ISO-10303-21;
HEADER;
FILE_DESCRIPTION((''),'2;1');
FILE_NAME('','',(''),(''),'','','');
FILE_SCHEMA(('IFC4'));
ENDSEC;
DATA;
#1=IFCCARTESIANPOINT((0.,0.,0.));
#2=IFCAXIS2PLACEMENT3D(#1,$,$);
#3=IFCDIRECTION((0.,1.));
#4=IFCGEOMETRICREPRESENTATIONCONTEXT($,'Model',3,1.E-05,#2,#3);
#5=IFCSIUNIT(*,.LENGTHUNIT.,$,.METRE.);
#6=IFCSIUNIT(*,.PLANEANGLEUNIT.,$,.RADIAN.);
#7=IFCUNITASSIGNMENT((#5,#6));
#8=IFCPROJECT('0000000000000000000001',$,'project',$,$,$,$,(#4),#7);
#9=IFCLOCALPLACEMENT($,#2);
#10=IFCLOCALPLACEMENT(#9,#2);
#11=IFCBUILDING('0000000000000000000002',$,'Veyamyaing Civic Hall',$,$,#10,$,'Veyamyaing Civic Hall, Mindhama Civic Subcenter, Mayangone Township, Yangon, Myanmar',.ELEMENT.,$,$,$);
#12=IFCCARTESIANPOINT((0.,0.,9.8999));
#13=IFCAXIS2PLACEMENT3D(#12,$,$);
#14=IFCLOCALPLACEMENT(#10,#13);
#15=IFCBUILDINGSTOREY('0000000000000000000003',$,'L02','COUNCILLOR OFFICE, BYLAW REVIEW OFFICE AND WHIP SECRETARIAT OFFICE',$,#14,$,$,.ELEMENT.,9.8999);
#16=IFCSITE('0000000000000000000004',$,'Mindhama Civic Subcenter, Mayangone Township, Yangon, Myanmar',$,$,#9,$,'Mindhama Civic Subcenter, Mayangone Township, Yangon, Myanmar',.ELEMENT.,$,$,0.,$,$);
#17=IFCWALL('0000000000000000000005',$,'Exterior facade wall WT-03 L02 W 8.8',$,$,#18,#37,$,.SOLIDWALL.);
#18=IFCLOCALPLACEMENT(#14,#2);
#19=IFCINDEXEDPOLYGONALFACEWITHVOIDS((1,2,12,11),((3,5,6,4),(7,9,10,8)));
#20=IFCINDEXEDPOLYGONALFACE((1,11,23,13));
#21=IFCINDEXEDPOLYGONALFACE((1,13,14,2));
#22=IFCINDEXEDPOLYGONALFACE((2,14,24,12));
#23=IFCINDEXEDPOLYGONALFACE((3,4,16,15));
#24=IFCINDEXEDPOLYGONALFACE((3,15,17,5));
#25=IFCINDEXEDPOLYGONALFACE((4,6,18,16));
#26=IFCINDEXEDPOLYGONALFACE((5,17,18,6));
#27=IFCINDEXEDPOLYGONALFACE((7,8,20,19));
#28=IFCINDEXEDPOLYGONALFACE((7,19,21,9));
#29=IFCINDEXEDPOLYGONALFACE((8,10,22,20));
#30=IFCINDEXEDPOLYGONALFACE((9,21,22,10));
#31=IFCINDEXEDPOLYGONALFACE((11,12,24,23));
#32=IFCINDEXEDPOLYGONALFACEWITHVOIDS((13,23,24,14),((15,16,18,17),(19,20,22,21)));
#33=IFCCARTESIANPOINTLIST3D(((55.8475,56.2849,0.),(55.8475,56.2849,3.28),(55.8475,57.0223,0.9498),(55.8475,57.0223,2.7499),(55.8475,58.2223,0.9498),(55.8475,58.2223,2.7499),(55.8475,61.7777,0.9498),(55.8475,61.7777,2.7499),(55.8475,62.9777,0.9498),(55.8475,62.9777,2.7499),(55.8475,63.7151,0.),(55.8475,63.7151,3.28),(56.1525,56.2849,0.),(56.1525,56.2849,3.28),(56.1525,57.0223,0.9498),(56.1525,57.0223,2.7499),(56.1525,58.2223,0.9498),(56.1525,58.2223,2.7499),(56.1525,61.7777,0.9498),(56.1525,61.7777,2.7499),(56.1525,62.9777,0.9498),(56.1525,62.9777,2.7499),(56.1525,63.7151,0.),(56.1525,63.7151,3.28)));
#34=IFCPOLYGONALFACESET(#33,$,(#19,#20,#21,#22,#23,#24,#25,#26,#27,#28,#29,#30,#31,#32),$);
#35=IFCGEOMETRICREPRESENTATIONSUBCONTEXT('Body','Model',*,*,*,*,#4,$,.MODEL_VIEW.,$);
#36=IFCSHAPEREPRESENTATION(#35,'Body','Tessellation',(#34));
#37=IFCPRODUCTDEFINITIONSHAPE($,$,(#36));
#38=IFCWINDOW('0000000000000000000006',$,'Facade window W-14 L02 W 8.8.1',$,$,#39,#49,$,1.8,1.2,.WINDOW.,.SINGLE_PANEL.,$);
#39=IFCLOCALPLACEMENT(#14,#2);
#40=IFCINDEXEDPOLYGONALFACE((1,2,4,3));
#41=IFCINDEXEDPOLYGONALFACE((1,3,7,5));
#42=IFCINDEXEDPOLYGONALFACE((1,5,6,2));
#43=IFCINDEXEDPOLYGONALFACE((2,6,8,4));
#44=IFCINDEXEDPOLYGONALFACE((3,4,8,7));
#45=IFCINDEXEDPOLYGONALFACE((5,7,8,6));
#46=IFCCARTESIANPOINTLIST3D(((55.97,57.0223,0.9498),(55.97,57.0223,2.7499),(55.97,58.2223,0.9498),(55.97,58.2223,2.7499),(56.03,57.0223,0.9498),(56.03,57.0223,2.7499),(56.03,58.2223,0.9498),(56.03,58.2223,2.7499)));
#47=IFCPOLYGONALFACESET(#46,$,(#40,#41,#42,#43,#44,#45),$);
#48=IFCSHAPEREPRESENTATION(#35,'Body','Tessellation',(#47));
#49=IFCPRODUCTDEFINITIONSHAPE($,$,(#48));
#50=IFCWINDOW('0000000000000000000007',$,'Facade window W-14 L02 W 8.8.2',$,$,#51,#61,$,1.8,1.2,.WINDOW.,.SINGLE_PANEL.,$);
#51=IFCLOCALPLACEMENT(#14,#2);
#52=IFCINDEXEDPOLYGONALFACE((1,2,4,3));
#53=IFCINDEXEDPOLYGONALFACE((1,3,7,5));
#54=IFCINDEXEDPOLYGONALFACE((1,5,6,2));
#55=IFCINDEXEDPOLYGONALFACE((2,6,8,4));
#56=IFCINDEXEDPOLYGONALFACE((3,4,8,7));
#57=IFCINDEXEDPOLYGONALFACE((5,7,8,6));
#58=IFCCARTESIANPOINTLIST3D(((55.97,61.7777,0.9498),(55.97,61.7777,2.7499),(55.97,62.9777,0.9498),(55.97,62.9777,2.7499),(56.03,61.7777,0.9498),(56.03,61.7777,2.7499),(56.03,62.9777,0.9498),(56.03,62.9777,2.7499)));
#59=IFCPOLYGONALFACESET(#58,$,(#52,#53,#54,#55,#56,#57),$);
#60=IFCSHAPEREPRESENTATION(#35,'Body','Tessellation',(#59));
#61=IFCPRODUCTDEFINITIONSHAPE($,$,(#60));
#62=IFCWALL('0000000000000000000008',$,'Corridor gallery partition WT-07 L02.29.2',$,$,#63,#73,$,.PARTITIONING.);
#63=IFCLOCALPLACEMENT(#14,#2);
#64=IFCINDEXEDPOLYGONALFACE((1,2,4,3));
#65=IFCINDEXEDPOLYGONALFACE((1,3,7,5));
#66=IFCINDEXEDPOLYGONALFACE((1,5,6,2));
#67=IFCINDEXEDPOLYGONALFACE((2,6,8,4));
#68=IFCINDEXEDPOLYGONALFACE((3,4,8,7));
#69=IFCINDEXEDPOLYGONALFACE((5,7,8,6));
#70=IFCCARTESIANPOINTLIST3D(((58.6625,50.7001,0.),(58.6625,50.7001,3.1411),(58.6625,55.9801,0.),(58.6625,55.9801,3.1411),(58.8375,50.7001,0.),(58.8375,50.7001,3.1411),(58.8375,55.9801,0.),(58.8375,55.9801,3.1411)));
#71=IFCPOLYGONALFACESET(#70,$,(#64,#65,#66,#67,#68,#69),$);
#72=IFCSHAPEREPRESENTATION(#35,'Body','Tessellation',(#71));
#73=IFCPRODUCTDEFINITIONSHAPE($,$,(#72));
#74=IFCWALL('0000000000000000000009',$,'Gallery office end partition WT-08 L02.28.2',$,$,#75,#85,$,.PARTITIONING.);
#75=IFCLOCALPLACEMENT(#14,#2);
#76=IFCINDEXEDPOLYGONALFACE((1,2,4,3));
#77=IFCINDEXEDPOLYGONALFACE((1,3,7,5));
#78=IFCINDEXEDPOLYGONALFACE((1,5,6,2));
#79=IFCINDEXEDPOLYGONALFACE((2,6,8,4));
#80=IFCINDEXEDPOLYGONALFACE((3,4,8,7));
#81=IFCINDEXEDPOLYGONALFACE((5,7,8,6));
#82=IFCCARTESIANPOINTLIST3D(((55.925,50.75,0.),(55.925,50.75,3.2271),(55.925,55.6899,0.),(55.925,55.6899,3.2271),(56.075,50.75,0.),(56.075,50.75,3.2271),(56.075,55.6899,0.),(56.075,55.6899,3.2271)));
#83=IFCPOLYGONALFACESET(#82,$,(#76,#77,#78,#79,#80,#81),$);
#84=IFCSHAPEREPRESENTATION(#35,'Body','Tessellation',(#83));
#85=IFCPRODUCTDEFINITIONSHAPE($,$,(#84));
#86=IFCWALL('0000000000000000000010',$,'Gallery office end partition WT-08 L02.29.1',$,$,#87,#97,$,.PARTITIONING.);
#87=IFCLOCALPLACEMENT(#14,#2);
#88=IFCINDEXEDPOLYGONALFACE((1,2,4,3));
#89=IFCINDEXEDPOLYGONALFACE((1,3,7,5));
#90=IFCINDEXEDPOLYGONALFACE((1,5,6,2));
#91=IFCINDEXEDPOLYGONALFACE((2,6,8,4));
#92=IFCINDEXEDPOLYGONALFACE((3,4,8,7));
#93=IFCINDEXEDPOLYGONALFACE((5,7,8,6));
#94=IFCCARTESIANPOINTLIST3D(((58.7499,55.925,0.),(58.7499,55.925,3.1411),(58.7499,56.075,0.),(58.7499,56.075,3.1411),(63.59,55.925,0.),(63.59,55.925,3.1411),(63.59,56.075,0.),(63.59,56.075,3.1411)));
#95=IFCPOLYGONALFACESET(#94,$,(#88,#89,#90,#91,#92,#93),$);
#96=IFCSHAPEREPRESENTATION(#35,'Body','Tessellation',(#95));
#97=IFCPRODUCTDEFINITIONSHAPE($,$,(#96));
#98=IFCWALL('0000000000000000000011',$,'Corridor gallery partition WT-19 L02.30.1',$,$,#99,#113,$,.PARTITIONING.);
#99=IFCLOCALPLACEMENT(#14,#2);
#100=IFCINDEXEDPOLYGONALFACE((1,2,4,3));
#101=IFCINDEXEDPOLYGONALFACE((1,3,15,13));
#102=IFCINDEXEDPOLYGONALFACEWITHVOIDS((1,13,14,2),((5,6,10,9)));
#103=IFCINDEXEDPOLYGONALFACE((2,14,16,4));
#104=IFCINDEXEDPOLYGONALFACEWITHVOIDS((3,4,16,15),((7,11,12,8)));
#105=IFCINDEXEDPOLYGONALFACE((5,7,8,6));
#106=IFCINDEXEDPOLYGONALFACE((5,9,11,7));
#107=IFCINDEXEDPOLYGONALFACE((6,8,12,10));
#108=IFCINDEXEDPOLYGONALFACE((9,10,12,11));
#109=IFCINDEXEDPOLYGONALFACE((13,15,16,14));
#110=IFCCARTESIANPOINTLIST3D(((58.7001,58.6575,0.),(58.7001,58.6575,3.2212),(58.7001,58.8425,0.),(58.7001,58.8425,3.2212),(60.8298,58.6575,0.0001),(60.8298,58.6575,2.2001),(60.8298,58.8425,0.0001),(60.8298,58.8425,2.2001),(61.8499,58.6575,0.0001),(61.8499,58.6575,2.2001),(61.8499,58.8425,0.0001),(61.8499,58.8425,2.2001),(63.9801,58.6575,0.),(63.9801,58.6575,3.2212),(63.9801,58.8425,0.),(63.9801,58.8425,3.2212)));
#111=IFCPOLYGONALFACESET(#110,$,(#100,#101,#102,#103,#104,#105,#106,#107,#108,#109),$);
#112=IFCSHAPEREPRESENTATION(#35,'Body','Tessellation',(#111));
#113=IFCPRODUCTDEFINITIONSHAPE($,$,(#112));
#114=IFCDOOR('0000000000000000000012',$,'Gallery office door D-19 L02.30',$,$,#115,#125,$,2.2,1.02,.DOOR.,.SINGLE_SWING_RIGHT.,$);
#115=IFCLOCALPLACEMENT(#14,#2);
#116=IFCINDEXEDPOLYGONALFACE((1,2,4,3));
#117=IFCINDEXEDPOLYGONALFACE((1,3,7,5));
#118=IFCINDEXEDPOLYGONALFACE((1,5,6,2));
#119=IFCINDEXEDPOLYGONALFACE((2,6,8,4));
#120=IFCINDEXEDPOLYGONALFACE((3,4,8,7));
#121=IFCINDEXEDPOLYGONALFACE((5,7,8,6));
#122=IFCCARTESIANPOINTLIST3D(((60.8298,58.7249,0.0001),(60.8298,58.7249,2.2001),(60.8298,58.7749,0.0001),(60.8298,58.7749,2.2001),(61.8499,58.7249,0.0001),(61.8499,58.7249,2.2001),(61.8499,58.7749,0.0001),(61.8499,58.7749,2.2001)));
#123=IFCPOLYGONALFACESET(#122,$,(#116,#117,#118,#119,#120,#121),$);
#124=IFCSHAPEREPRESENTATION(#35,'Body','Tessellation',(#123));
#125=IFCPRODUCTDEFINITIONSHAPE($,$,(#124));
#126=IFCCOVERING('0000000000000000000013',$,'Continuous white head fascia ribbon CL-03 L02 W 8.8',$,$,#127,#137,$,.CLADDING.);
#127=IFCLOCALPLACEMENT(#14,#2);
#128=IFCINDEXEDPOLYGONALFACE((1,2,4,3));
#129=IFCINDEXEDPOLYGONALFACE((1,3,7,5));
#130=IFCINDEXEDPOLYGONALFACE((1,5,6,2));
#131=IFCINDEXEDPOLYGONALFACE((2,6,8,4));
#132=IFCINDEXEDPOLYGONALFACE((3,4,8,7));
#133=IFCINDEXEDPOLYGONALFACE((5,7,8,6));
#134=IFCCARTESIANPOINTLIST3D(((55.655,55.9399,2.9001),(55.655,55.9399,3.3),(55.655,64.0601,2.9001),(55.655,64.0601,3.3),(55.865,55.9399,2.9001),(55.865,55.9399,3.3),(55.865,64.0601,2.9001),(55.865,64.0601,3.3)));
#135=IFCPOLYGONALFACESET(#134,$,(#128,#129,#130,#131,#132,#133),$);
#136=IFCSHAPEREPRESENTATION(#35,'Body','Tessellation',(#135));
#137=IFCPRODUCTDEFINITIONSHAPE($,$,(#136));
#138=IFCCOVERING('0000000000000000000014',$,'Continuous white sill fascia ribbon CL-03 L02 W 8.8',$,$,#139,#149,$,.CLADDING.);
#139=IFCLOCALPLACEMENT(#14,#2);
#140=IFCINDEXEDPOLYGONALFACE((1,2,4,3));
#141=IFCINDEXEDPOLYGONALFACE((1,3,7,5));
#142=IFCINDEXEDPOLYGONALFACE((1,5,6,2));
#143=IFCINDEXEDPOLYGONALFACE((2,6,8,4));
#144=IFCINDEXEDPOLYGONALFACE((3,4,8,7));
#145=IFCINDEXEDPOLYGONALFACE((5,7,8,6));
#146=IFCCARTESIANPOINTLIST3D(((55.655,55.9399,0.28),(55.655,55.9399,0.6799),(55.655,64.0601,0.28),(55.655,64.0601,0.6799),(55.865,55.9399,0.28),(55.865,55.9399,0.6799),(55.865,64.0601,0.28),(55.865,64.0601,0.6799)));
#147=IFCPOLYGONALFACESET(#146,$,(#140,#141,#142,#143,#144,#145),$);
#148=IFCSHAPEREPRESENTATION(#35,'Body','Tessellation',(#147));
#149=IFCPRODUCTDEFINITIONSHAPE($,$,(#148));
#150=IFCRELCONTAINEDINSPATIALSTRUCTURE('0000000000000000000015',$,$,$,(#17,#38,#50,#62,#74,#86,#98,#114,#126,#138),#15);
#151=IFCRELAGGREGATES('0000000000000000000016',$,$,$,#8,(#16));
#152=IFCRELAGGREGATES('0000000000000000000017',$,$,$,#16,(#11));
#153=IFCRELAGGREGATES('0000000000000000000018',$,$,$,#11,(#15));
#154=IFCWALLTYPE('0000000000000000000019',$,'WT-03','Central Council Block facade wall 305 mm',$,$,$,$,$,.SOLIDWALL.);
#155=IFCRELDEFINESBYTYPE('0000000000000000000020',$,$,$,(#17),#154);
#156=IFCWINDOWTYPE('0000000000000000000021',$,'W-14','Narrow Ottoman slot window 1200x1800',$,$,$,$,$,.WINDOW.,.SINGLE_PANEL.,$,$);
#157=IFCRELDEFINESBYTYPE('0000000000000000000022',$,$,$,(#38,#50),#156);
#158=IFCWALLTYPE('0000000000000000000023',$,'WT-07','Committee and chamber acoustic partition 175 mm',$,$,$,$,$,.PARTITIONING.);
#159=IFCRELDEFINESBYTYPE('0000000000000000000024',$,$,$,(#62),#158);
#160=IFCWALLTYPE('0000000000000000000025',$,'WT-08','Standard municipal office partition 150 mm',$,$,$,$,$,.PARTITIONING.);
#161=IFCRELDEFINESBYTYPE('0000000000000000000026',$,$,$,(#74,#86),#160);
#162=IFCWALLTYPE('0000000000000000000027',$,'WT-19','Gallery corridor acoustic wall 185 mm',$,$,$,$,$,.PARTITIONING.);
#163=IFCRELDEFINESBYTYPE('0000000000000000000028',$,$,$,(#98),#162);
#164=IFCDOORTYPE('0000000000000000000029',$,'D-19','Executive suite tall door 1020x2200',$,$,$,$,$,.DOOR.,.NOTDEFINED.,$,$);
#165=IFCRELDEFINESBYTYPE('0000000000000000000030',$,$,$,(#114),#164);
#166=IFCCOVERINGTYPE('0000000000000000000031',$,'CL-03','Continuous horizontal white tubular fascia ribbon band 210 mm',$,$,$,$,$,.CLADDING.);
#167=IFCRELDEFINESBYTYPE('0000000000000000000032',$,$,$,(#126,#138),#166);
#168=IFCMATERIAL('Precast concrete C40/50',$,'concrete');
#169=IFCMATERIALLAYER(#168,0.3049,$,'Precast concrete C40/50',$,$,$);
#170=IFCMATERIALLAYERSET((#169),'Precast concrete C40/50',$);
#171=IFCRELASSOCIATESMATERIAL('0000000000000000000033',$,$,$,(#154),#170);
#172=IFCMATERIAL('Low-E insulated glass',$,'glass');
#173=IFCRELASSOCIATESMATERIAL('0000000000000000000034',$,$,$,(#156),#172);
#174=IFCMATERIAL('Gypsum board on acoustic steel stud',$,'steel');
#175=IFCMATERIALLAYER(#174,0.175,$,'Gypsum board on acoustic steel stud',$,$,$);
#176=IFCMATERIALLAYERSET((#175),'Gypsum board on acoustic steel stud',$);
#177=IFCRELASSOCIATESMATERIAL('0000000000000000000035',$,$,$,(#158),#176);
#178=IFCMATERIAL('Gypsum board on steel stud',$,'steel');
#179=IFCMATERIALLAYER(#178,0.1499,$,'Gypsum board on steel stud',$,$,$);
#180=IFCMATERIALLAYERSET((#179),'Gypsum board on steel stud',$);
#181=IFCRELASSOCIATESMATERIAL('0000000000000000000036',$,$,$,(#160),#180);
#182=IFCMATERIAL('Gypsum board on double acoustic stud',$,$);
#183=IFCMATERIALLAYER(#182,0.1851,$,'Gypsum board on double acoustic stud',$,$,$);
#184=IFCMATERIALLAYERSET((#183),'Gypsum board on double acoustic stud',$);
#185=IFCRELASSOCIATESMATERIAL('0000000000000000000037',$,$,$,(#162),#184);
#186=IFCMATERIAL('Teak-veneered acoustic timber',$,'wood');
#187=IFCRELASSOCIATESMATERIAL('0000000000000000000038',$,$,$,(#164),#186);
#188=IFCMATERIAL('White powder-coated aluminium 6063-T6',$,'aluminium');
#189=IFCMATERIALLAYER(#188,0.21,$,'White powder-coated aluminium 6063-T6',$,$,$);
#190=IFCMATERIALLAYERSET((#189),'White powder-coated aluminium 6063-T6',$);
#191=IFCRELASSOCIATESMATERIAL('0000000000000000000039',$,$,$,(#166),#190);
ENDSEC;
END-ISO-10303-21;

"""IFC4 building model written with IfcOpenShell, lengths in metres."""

from ifc_helpers import new_model, si_unit, direction, frame, frame_2d, origin, origin_2d, place, context, subcontext, project, spatial, rectangle, extrude, material, layer, layer_set, type_object, element, fill, save


model = new_model("IFC4")

# Units and contexts
model_context = context("Model", 3, precision=1e-05, world=origin(), true_north=direction((0.0, 1.0)))
body_context = subcontext(model_context, "Body", "Model", "MODEL_VIEW")
ifc_project = project(units=[si_unit("LENGTHUNIT", "METRE"), si_unit("PLANEANGLEUNIT", "RADIAN")], contexts=[model_context])

# Site, building, storey
site_placement = place(None, origin())
site = spatial("IfcSite", under=ifc_project, at=site_placement, Name="Mindhama Civic Subcenter, Mayangone Township, Yangon, Myanmar", LongName="Mindhama Civic Subcenter, Mayangone Township, Yangon, Myanmar", CompositionType="ELEMENT", RefElevation=0.0)
building_placement = place(site_placement, origin())
building = spatial("IfcBuilding", under=site, at=building_placement, Name="Veyamyaing Civic Hall", LongName="Veyamyaing Civic Hall, Mindhama Civic Subcenter, Mayangone Township, Yangon, Myanmar", CompositionType="ELEMENT")
storey_placement = place(building_placement, frame((0.0, 0.0, 9.8999)))
storey = spatial("IfcBuildingStorey", under=building, at=storey_placement, Name="L02", Description="COUNCILLOR OFFICE, BYLAW REVIEW OFFICE AND WHIP SECRETARIAT OFFICE", CompositionType="ELEMENT", Elevation=9.8999)

# Shared definitions
ifc_material_1 = material(Name="Low-E insulated glass", Category="glass")

# Wall, openings, windows
ifc_material_2 = material(Name="Precast concrete C40/50", Category="concrete")
ifc_layer_1 = layer(ifc_material_2, 0.3049, Name="Precast concrete C40/50")
ifc_layer_set_1 = layer_set([ifc_layer_1], Name="Precast concrete C40/50")
wall_type_1 = type_object("IfcWallType", Name="WT-03", Description="Central Council Block facade wall 305 mm", PredefinedType="SOLIDWALL", material=ifc_layer_set_1)
wall_1_placement = place(storey_placement, frame((56.0, 56.2849, 0.0), z_axis=(0.0, 0.0, 1.0), x_axis=(0.0, 1.0, 0.0)))
wall_1 = element("IfcWall", 1, at=wall_1_placement, inside=storey, type_object=wall_type_1, Name="Exterior facade wall WT-03 L02 W 8.8", PredefinedType="SOLIDWALL", context=body_context, shape_type="SweptSolid", body=[
    extrude(rectangle(XDim=7.4302, YDim=0.3049, at=frame_2d((3.7151, 0.0))), origin(), (0.0, 0.0, 1.0), 3.28),
])
opening_1_placement = place(wall_1_placement, frame((0.7373, 0.0, 0.95)))
opening_1 = element("IfcOpeningElement", 2, at=opening_1_placement, cuts=wall_1, PredefinedType="OPENING", context=body_context, shape_type="SweptSolid", body=[
    extrude(rectangle(XDim=1.2, YDim=1.8, at=frame_2d((0.6001, 0.8999))), frame((0.0, 0.1624, 0.0), z_axis=(0.0, -1.0, 0.0), x_axis=(1.0, 0.0, 0.0)), (0.0, 0.0, 1.0), 0.325),
])
opening_2_placement = place(wall_1_placement, frame((5.4927, 0.0, 0.95)))
opening_2 = element("IfcOpeningElement", 3, at=opening_2_placement, cuts=wall_1, PredefinedType="OPENING", context=body_context, shape_type="SweptSolid", body=[
    extrude(rectangle(XDim=1.2, YDim=1.8, at=frame_2d((0.6001, 0.8999))), frame((0.0, 0.1624, 0.0), z_axis=(0.0, -1.0, 0.0), x_axis=(1.0, 0.0, 0.0)), (0.0, 0.0, 1.0), 0.325),
])
window_type = type_object("IfcWindowType", Name="W-14", Description="Narrow Ottoman slot window 1200x1800", PartitioningType="SINGLE_PANEL", PredefinedType="WINDOW", material=ifc_material_1)
window_1_placement = place(opening_1_placement, origin())
window_1 = element("IfcWindow", 4, at=window_1_placement, inside=storey, type_object=window_type, Name="Facade window W-14 L02 W 8.8.1", OverallHeight=1.8, OverallWidth=1.2, PartitioningType="SINGLE_PANEL", PredefinedType="WINDOW", context=body_context, shape_type="SweptSolid", body=[
    extrude(rectangle(XDim=1.2, YDim=1.8, at=frame_2d((0.6001, 0.8999))), frame((0.0, 0.03, 0.0), z_axis=(0.0, -1.0, 0.0), x_axis=(1.0, 0.0, 0.0)), (0.0, 0.0, 1.0), 0.0601),
])
fill(opening_1, window_1)
window_2_placement = place(opening_2_placement, origin())
window_2 = element("IfcWindow", 5, at=window_2_placement, inside=storey, type_object=window_type, Name="Facade window W-14 L02 W 8.8.2", OverallHeight=1.8, OverallWidth=1.2, PartitioningType="SINGLE_PANEL", PredefinedType="WINDOW", context=body_context, shape_type="SweptSolid", body=[
    extrude(rectangle(XDim=1.2, YDim=1.8, at=frame_2d((0.6001, 0.8999))), frame((0.0, 0.03, 0.0), z_axis=(0.0, -1.0, 0.0), x_axis=(1.0, 0.0, 0.0)), (0.0, 0.0, 1.0), 0.0601),
])
fill(opening_2, window_2)

# Shared definitions
ifc_material_3 = material(Name="Gypsum board on acoustic steel stud", Category="steel")
ifc_layer_2 = layer(ifc_material_3, 0.175, Name="Gypsum board on acoustic steel stud")
ifc_layer_set_2 = layer_set([ifc_layer_2], Name="Gypsum board on acoustic steel stud")
wall_type_2 = type_object("IfcWallType", Name="WT-07", Description="Committee and chamber acoustic partition 175 mm", PredefinedType="PARTITIONING", material=ifc_layer_set_2)
ifc_material_4 = material(Name="Teak-veneered acoustic timber", Category="wood")

# Walls
wall_2_placement = place(storey_placement, frame((58.75, 50.7, 0.0), z_axis=(0.0, 0.0, 1.0), x_axis=(0.0, 1.0, 0.0)))
element("IfcWall", 6, at=wall_2_placement, inside=storey, type_object=wall_type_2, Name="Corridor gallery partition WT-07 L02.29.2", PredefinedType="PARTITIONING", context=body_context, shape_type="SweptSolid", body=[
    extrude(rectangle(XDim=5.28, YDim=0.175, at=frame_2d((2.6401, 0.0))), origin(), (0.0, 0.0, 1.0), 3.1411),
])
ifc_material_5 = material(Name="Gypsum board on steel stud", Category="steel")
ifc_layer_3 = layer(ifc_material_5, 0.1499, Name="Gypsum board on steel stud")
ifc_layer_set_3 = layer_set([ifc_layer_3], Name="Gypsum board on steel stud")
wall_type_3 = type_object("IfcWallType", Name="WT-08", Description="Standard municipal office partition 150 mm", PredefinedType="PARTITIONING", material=ifc_layer_set_3)
wall_3_placement = place(storey_placement, frame((56.0, 50.75, 0.0), z_axis=(0.0, 0.0, 1.0), x_axis=(0.0, 1.0, 0.0)))
element("IfcWall", 7, at=wall_3_placement, inside=storey, type_object=wall_type_3, Name="Gallery office end partition WT-08 L02.28.2", PredefinedType="PARTITIONING", context=body_context, shape_type="SweptSolid", body=[
    extrude(rectangle(XDim=4.9399, YDim=0.1499, at=frame_2d((2.47, 0.0))), origin(), (0.0, 0.0, 1.0), 3.2271),
])
wall_4_placement = place(storey_placement, frame((58.75, 56.0, 0.0), z_axis=(0.0, 0.0, 1.0), x_axis=(1.0, 0.0, 0.0)))
element("IfcWall", 8, at=wall_4_placement, inside=storey, type_object=wall_type_3, Name="Gallery office end partition WT-08 L02.29.1", PredefinedType="PARTITIONING", context=body_context, shape_type="SweptSolid", body=[
    extrude(rectangle(XDim=4.8401, YDim=0.1499, at=frame_2d((2.4199, 0.0))), origin(), (0.0, 0.0, 1.0), 3.1411),
])

# Wall, opening, door
ifc_material_6 = material(Name="Gypsum board on double acoustic stud")
ifc_layer_4 = layer(ifc_material_6, 0.1851, Name="Gypsum board on double acoustic stud")
ifc_layer_set_4 = layer_set([ifc_layer_4], Name="Gypsum board on double acoustic stud")
wall_type_4 = type_object("IfcWallType", Name="WT-19", Description="Gallery corridor acoustic wall 185 mm", PredefinedType="PARTITIONING", material=ifc_layer_set_4)
wall_5_placement = place(storey_placement, frame((58.7, 58.75, 0.0), z_axis=(0.0, 0.0, 1.0), x_axis=(1.0, 0.0, 0.0)))
wall_5 = element("IfcWall", 9, at=wall_5_placement, inside=storey, type_object=wall_type_4, Name="Corridor gallery partition WT-19 L02.30.1", PredefinedType="PARTITIONING", context=body_context, shape_type="SweptSolid", body=[
    extrude(rectangle(XDim=5.28, YDim=0.1851, at=frame_2d((2.6401, 0.0))), origin(), (0.0, 0.0, 1.0), 3.2212),
])
opening_3_placement = place(wall_5_placement, frame((2.1299, 0.0, 0.0)))
opening_3 = element("IfcOpeningElement", 10, at=opening_3_placement, cuts=wall_5, PredefinedType="OPENING", context=body_context, shape_type="SweptSolid", body=[
    extrude(rectangle(XDim=1.02, YDim=2.2, at=frame_2d((0.51, 1.1001))), frame((0.0, 0.1025, 0.0), z_axis=(0.0, -1.0, 0.0), x_axis=(1.0, 0.0, 0.0)), (0.0, 0.0, 1.0), 0.2051),
])
door_type_1 = type_object("IfcDoorType", Name="D-19", Description="Executive suite tall door 1020x2200", OperationType="NOTDEFINED", PredefinedType="DOOR", material=ifc_material_4)
door_1_placement = place(opening_3_placement, origin())
door_1 = element("IfcDoor", 11, at=door_1_placement, inside=storey, type_object=door_type_1, Name="Gallery office door D-19 L02.30", OperationType="SINGLE_SWING_RIGHT", OverallHeight=2.2, OverallWidth=1.02, PredefinedType="DOOR", context=body_context, shape_type="SweptSolid", body=[
    extrude(rectangle(XDim=1.02, YDim=2.2, at=frame_2d((0.51, 1.1001))), frame((0.0, 0.0249, 0.0), z_axis=(0.0, -1.0, 0.0), x_axis=(1.0, 0.0, 0.0)), (0.0, 0.0, 1.0), 0.05),
])
fill(opening_3, door_1)

# Coverings
ifc_material_7 = material(Name="White powder-coated aluminium 6063-T6", Category="aluminium")
ifc_layer_5 = layer(ifc_material_7, 0.21, Name="White powder-coated aluminium 6063-T6")
ifc_layer_set_5 = layer_set([ifc_layer_5], Name="White powder-coated aluminium 6063-T6")
covering_type = type_object("IfcCoveringType", Name="CL-03", Description="Continuous horizontal white tubular fascia ribbon band 210 mm", PredefinedType="CLADDING", material=ifc_layer_set_5)
for number, where, z_axis, x_axis, name in (
    (12, (55.76, 60.0, 2.9001), (0.0, 0.0, 1.0), (0.0, 1.0, 0.0), "Continuous white head fascia ribbon CL-03 L02 W 8.8"),
    (13, (55.76, 60.0, 0.28), (0.0, 0.0, 1.0), (0.0, 1.0, 0.0), "Continuous white sill fascia ribbon CL-03 L02 W 8.8"),
):
    element("IfcCovering", number, at=place(storey_placement, frame(where, z_axis=z_axis, x_axis=x_axis)), inside=storey, type_object=covering_type, Name=name, PredefinedType="CLADDING", context=body_context, shape_type="SweptSolid", body=[
        extrude(rectangle(XDim=8.1201, YDim=0.21, at=origin_2d()), origin(), (0.0, 0.0, 1.0), 0.3999),
    ])

save(model, "model.ifc")
